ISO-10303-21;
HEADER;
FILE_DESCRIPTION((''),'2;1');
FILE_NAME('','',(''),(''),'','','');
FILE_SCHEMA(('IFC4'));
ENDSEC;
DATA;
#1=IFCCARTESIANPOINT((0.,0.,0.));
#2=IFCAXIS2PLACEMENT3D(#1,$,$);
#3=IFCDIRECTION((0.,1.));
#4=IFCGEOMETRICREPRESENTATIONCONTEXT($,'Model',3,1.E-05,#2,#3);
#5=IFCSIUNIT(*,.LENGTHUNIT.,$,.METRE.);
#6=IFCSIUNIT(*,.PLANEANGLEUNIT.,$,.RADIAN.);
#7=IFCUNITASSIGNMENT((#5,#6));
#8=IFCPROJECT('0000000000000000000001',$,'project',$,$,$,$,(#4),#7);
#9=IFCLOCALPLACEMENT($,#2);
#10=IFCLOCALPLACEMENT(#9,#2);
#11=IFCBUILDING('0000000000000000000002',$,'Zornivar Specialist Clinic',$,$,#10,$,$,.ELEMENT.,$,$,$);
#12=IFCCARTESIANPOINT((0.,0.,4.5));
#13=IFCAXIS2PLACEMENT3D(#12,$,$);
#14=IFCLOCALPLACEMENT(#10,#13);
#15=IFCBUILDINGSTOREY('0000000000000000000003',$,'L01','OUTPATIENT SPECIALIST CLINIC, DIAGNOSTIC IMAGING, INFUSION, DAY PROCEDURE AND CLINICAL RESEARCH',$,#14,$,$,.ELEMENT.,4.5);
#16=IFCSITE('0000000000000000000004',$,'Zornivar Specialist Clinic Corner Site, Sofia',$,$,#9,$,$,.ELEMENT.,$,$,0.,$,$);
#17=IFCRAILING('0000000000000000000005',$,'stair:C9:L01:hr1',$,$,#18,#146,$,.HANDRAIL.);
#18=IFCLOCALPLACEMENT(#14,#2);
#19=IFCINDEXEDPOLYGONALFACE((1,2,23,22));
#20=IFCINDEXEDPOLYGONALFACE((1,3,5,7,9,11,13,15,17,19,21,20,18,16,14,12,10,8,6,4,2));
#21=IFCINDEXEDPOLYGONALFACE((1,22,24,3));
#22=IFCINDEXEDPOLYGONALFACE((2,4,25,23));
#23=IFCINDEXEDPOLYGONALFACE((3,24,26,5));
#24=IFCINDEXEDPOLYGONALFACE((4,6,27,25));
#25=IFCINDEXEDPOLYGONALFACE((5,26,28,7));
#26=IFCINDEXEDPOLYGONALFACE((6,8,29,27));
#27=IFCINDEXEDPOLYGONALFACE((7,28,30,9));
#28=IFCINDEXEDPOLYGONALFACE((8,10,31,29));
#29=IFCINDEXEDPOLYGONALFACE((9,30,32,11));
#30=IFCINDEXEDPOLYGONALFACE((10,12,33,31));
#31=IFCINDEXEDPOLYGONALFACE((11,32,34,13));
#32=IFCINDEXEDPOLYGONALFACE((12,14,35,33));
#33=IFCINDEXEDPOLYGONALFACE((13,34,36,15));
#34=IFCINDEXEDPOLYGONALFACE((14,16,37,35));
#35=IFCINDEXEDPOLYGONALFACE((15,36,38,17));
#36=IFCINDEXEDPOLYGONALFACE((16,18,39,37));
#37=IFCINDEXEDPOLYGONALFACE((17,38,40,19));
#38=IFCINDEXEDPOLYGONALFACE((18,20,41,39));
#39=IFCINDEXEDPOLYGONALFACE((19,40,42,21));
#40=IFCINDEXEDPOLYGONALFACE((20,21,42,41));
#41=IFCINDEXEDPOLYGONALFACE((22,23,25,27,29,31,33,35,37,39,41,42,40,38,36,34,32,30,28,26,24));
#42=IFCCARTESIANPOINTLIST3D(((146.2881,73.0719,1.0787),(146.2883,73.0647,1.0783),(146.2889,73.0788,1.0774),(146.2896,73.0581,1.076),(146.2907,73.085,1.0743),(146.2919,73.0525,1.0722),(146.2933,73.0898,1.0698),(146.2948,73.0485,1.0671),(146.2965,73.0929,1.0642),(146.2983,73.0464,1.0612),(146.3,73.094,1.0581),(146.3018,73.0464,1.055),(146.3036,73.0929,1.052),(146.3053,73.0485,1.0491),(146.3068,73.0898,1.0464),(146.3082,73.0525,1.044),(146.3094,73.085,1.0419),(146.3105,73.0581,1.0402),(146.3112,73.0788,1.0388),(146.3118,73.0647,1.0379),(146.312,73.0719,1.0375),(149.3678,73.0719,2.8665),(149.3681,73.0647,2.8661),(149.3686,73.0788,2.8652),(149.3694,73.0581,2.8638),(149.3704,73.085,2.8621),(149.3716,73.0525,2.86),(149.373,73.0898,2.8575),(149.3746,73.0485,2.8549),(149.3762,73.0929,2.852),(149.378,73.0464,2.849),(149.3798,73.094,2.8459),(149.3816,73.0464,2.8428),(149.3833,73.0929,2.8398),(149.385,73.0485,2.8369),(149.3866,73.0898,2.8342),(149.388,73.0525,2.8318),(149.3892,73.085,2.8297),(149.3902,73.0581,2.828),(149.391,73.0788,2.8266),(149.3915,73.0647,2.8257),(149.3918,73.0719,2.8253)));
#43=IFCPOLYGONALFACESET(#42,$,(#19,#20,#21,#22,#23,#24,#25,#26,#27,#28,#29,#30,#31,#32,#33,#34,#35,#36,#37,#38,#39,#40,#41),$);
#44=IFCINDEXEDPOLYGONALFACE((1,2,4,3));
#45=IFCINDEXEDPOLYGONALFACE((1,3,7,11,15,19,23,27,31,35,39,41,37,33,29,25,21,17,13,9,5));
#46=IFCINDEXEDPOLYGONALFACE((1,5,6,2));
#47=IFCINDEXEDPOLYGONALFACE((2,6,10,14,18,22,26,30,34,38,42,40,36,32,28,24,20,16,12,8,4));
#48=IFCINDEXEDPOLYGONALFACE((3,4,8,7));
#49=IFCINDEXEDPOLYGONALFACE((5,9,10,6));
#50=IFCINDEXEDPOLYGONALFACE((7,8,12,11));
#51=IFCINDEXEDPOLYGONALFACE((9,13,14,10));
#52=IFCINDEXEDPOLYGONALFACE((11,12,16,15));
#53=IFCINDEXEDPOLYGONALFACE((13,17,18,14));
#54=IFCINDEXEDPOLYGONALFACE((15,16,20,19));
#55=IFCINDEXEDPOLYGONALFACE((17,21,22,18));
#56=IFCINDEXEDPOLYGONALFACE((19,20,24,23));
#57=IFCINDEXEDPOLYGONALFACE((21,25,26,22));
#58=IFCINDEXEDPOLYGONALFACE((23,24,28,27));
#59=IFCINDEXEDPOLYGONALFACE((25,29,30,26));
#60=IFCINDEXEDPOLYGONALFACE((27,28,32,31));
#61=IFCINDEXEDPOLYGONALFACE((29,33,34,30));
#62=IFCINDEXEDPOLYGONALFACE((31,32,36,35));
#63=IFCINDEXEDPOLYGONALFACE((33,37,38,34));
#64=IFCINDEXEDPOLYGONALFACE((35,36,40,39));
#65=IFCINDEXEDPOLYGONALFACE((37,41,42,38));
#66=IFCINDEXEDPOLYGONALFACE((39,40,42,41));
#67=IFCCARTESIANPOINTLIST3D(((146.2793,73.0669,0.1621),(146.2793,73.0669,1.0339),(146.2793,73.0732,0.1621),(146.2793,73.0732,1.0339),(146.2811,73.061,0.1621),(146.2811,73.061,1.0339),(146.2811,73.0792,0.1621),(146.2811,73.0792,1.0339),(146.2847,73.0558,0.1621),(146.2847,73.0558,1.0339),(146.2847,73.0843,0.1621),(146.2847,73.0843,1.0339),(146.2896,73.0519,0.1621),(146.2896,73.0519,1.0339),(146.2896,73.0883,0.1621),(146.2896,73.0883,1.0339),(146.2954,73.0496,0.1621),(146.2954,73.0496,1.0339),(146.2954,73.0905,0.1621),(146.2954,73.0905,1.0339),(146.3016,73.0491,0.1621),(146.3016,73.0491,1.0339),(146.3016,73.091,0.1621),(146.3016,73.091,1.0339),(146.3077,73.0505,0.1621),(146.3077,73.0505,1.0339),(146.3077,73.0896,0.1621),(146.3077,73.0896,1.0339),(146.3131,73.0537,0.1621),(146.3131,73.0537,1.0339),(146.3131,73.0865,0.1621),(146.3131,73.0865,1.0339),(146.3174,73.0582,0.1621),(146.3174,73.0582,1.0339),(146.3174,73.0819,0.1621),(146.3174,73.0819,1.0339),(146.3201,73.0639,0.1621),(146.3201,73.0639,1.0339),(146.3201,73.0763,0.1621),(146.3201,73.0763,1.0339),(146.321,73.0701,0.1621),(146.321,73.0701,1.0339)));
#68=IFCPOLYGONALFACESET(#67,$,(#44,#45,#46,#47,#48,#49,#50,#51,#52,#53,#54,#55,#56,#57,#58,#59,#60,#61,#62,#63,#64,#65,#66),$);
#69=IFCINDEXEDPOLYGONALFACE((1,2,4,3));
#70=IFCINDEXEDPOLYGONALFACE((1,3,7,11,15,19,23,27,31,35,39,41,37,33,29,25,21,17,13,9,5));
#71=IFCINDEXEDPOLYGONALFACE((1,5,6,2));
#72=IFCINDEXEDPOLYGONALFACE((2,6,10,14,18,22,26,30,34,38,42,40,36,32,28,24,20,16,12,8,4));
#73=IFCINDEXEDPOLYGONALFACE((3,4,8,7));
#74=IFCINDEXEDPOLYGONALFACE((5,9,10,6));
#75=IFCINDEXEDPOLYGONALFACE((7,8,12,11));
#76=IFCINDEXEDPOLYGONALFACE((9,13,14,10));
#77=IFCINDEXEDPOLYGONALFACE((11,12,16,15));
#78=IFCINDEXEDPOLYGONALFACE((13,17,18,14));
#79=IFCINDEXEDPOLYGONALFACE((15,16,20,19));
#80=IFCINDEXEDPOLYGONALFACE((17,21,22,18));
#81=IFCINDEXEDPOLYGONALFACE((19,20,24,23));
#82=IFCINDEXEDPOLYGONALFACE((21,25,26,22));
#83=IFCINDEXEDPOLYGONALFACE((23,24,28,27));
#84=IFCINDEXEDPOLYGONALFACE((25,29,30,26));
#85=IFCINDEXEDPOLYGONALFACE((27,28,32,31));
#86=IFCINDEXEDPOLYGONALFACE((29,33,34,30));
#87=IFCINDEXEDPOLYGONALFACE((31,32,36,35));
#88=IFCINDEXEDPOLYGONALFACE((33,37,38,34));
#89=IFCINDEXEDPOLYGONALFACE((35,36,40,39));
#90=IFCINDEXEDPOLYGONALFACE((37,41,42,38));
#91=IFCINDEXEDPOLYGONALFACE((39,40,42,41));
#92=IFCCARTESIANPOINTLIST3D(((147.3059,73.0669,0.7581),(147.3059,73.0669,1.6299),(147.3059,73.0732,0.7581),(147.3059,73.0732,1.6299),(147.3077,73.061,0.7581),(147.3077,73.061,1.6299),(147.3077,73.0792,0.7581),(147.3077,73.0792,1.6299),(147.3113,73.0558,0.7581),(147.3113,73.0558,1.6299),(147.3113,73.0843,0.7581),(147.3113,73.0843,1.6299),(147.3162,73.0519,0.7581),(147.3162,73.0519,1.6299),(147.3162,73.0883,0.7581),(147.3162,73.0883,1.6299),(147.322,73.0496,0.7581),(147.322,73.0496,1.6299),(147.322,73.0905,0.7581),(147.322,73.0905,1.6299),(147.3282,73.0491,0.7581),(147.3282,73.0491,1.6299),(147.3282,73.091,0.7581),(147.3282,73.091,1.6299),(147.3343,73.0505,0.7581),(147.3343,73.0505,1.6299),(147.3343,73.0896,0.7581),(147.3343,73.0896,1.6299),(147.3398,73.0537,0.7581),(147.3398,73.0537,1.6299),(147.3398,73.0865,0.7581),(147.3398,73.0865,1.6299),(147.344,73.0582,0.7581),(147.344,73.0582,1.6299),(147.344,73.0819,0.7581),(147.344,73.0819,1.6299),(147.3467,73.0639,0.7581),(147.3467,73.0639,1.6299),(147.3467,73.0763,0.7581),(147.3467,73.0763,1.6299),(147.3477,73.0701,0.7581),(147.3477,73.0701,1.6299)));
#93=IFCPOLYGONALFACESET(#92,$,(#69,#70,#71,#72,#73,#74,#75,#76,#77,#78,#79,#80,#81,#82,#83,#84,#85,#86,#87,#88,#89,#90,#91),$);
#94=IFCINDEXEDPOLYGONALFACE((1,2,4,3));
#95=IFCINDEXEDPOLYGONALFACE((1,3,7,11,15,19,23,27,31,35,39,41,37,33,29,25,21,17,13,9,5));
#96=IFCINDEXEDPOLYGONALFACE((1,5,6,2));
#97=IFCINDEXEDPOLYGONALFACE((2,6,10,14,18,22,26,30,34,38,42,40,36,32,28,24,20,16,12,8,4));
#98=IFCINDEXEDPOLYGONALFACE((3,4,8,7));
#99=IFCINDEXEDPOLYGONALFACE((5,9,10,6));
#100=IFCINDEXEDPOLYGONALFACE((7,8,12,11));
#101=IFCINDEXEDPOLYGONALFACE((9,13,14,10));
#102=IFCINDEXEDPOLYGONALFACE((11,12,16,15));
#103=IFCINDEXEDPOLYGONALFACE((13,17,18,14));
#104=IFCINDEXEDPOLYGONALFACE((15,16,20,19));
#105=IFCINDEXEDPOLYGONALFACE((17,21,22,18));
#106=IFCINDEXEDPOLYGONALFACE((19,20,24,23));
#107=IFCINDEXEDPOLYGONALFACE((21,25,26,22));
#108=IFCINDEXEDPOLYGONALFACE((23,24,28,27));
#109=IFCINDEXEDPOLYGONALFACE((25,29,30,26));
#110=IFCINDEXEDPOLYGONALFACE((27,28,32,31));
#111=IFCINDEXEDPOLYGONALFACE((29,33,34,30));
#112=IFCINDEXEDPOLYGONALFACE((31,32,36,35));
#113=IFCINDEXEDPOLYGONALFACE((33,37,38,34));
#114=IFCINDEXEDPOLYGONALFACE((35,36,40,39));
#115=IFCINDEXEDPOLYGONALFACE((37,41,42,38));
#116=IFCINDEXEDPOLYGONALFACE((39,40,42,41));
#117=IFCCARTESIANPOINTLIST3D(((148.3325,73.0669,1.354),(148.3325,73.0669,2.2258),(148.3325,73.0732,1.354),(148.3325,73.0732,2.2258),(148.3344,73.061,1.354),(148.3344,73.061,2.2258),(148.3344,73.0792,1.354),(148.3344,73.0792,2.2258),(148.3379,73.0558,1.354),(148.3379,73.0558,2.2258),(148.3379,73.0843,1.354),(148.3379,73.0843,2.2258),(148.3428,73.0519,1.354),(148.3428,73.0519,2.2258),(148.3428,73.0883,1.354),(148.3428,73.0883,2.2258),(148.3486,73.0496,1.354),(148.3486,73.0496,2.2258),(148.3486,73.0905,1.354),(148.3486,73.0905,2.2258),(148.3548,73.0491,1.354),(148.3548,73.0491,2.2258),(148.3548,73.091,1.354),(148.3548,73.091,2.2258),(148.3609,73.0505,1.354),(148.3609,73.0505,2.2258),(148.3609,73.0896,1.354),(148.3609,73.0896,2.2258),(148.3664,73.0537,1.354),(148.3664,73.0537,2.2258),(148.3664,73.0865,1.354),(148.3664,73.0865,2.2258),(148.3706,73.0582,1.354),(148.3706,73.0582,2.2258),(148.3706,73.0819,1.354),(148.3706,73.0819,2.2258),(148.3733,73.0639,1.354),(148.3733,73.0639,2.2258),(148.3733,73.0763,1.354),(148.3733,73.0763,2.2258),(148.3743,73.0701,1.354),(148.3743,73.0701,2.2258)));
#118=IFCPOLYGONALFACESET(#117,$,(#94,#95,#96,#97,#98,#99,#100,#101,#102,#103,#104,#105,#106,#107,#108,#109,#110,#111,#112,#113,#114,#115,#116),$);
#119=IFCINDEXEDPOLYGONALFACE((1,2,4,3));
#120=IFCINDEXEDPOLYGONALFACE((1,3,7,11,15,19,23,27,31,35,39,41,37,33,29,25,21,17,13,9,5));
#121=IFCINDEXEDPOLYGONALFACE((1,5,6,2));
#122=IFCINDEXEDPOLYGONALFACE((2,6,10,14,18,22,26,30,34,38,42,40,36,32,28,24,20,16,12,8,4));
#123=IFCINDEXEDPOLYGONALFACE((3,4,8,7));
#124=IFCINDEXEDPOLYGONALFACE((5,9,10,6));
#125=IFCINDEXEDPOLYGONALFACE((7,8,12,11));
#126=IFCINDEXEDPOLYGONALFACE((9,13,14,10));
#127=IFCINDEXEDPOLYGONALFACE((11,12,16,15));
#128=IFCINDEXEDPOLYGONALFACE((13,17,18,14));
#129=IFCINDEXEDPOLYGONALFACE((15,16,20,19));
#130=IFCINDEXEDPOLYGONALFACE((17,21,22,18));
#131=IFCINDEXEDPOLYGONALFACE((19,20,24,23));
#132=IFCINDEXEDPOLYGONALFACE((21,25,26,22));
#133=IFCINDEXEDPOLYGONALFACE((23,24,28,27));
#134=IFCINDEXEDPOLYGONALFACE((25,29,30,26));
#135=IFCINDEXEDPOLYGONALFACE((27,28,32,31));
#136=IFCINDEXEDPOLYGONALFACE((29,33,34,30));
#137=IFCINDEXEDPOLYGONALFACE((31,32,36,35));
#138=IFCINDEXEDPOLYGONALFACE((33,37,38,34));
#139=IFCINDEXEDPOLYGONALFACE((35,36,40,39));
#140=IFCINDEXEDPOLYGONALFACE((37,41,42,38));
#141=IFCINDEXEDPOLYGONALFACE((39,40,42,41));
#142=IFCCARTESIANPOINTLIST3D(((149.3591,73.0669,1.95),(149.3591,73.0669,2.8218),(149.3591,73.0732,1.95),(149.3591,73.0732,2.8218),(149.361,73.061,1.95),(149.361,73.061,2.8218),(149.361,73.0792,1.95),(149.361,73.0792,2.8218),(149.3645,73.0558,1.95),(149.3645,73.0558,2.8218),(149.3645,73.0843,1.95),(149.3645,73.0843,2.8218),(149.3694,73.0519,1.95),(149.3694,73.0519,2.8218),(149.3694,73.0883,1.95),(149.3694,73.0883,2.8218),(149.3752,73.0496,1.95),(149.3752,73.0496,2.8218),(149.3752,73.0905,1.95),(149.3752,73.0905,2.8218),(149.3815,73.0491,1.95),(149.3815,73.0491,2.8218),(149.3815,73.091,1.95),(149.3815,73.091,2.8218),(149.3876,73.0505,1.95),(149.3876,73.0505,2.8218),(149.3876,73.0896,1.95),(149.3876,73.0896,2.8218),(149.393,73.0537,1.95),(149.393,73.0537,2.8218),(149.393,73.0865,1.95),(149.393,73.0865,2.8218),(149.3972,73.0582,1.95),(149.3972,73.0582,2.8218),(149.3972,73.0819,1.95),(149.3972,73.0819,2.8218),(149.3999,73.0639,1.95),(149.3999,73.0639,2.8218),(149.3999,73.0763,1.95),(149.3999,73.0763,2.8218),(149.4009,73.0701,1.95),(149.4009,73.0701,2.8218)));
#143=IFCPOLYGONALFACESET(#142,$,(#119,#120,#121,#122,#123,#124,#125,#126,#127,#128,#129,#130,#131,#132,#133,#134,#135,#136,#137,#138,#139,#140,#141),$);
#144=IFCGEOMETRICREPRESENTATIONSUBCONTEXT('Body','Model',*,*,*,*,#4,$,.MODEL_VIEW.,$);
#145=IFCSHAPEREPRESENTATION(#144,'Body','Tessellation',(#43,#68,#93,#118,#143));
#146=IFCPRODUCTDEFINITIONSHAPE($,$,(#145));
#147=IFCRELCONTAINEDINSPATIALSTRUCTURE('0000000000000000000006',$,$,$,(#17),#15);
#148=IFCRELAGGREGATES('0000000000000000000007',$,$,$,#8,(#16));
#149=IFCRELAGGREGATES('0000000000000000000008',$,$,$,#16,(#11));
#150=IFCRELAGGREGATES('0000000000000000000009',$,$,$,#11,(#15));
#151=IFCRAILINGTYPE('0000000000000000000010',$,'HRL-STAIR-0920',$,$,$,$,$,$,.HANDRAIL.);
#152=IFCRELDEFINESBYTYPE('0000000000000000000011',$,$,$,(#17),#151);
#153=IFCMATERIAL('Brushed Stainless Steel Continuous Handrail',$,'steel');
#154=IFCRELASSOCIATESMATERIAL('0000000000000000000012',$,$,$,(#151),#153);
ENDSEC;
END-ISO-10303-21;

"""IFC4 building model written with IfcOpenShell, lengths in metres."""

from ifc_helpers import new_model, si_unit, direction, frame, origin, origin_2d, place, context, subcontext, project, spatial, circle, extrude, material, type_object, element, save


model = new_model("IFC4")

# Units and contexts
model_context = context("Model", 3, precision=1e-05, world=origin(), true_north=direction((0.0, 1.0)))
body_context = subcontext(model_context, "Body", "Model", "MODEL_VIEW")
ifc_project = project(units=[si_unit("LENGTHUNIT", "METRE"), si_unit("PLANEANGLEUNIT", "RADIAN")], contexts=[model_context])

# Site, building, storey
site_placement = place(None, origin())
site = spatial("IfcSite", under=ifc_project, at=site_placement, Name="Zornivar Specialist Clinic Corner Site, Sofia", CompositionType="ELEMENT", RefElevation=0.0)
building_placement = place(site_placement, origin())
building = spatial("IfcBuilding", under=site, at=building_placement, Name="Zornivar Specialist Clinic", CompositionType="ELEMENT")
storey_placement = place(building_placement, frame((0.0, 0.0, 4.5)))
storey = spatial("IfcBuildingStorey", under=building, at=storey_placement, Name="L01", Description="OUTPATIENT SPECIALIST CLINIC, DIAGNOSTIC IMAGING, INFUSION, DAY PROCEDURE AND CLINICAL RESEARCH", CompositionType="ELEMENT", Elevation=4.5)

# Railing
ifc_material_1 = material(Name="Brushed Stainless Steel Continuous Handrail", Category="steel")
railing_type_1 = type_object("IfcRailingType", Name="HRL-STAIR-0920", PredefinedType="HANDRAIL", material=ifc_material_1)
railing_1_placement = place(storey_placement, frame((146.3, 73.0701, 0.1621)))
element("IfcRailing", 1, at=railing_1_placement, inside=storey, type_object=railing_type_1, Name="stair:C9:L01:hr1", PredefinedType="HANDRAIL", context=body_context, shape_type="SweptSolid", body=[
    extrude(circle(Radius=0.0239, at=origin_2d()), frame((0.0, 0.0, 0.896), z_axis=(0.864844, 0.0, 0.502041), x_axis=(0.0, 1.0, 0.0)), (0.0, 0.0, 1.0), 3.561),
    extrude(circle(Radius=0.021, at=origin_2d()), origin(), (0.0, 0.0, 1.0), 0.8718),
    extrude(circle(Radius=0.021, at=origin_2d()), frame((1.0266, 0.0, 0.5959)), (0.0, 0.0, 1.0), 0.8718),
    extrude(circle(Radius=0.021, at=origin_2d()), frame((2.0532, 0.0, 1.1919)), (0.0, 0.0, 1.0), 0.8718),
    extrude(circle(Radius=0.021, at=origin_2d()), frame((3.0798, 0.0, 1.7878)), (0.0, 0.0, 1.0), 0.8718),
])

save(model, "model.ifc")
